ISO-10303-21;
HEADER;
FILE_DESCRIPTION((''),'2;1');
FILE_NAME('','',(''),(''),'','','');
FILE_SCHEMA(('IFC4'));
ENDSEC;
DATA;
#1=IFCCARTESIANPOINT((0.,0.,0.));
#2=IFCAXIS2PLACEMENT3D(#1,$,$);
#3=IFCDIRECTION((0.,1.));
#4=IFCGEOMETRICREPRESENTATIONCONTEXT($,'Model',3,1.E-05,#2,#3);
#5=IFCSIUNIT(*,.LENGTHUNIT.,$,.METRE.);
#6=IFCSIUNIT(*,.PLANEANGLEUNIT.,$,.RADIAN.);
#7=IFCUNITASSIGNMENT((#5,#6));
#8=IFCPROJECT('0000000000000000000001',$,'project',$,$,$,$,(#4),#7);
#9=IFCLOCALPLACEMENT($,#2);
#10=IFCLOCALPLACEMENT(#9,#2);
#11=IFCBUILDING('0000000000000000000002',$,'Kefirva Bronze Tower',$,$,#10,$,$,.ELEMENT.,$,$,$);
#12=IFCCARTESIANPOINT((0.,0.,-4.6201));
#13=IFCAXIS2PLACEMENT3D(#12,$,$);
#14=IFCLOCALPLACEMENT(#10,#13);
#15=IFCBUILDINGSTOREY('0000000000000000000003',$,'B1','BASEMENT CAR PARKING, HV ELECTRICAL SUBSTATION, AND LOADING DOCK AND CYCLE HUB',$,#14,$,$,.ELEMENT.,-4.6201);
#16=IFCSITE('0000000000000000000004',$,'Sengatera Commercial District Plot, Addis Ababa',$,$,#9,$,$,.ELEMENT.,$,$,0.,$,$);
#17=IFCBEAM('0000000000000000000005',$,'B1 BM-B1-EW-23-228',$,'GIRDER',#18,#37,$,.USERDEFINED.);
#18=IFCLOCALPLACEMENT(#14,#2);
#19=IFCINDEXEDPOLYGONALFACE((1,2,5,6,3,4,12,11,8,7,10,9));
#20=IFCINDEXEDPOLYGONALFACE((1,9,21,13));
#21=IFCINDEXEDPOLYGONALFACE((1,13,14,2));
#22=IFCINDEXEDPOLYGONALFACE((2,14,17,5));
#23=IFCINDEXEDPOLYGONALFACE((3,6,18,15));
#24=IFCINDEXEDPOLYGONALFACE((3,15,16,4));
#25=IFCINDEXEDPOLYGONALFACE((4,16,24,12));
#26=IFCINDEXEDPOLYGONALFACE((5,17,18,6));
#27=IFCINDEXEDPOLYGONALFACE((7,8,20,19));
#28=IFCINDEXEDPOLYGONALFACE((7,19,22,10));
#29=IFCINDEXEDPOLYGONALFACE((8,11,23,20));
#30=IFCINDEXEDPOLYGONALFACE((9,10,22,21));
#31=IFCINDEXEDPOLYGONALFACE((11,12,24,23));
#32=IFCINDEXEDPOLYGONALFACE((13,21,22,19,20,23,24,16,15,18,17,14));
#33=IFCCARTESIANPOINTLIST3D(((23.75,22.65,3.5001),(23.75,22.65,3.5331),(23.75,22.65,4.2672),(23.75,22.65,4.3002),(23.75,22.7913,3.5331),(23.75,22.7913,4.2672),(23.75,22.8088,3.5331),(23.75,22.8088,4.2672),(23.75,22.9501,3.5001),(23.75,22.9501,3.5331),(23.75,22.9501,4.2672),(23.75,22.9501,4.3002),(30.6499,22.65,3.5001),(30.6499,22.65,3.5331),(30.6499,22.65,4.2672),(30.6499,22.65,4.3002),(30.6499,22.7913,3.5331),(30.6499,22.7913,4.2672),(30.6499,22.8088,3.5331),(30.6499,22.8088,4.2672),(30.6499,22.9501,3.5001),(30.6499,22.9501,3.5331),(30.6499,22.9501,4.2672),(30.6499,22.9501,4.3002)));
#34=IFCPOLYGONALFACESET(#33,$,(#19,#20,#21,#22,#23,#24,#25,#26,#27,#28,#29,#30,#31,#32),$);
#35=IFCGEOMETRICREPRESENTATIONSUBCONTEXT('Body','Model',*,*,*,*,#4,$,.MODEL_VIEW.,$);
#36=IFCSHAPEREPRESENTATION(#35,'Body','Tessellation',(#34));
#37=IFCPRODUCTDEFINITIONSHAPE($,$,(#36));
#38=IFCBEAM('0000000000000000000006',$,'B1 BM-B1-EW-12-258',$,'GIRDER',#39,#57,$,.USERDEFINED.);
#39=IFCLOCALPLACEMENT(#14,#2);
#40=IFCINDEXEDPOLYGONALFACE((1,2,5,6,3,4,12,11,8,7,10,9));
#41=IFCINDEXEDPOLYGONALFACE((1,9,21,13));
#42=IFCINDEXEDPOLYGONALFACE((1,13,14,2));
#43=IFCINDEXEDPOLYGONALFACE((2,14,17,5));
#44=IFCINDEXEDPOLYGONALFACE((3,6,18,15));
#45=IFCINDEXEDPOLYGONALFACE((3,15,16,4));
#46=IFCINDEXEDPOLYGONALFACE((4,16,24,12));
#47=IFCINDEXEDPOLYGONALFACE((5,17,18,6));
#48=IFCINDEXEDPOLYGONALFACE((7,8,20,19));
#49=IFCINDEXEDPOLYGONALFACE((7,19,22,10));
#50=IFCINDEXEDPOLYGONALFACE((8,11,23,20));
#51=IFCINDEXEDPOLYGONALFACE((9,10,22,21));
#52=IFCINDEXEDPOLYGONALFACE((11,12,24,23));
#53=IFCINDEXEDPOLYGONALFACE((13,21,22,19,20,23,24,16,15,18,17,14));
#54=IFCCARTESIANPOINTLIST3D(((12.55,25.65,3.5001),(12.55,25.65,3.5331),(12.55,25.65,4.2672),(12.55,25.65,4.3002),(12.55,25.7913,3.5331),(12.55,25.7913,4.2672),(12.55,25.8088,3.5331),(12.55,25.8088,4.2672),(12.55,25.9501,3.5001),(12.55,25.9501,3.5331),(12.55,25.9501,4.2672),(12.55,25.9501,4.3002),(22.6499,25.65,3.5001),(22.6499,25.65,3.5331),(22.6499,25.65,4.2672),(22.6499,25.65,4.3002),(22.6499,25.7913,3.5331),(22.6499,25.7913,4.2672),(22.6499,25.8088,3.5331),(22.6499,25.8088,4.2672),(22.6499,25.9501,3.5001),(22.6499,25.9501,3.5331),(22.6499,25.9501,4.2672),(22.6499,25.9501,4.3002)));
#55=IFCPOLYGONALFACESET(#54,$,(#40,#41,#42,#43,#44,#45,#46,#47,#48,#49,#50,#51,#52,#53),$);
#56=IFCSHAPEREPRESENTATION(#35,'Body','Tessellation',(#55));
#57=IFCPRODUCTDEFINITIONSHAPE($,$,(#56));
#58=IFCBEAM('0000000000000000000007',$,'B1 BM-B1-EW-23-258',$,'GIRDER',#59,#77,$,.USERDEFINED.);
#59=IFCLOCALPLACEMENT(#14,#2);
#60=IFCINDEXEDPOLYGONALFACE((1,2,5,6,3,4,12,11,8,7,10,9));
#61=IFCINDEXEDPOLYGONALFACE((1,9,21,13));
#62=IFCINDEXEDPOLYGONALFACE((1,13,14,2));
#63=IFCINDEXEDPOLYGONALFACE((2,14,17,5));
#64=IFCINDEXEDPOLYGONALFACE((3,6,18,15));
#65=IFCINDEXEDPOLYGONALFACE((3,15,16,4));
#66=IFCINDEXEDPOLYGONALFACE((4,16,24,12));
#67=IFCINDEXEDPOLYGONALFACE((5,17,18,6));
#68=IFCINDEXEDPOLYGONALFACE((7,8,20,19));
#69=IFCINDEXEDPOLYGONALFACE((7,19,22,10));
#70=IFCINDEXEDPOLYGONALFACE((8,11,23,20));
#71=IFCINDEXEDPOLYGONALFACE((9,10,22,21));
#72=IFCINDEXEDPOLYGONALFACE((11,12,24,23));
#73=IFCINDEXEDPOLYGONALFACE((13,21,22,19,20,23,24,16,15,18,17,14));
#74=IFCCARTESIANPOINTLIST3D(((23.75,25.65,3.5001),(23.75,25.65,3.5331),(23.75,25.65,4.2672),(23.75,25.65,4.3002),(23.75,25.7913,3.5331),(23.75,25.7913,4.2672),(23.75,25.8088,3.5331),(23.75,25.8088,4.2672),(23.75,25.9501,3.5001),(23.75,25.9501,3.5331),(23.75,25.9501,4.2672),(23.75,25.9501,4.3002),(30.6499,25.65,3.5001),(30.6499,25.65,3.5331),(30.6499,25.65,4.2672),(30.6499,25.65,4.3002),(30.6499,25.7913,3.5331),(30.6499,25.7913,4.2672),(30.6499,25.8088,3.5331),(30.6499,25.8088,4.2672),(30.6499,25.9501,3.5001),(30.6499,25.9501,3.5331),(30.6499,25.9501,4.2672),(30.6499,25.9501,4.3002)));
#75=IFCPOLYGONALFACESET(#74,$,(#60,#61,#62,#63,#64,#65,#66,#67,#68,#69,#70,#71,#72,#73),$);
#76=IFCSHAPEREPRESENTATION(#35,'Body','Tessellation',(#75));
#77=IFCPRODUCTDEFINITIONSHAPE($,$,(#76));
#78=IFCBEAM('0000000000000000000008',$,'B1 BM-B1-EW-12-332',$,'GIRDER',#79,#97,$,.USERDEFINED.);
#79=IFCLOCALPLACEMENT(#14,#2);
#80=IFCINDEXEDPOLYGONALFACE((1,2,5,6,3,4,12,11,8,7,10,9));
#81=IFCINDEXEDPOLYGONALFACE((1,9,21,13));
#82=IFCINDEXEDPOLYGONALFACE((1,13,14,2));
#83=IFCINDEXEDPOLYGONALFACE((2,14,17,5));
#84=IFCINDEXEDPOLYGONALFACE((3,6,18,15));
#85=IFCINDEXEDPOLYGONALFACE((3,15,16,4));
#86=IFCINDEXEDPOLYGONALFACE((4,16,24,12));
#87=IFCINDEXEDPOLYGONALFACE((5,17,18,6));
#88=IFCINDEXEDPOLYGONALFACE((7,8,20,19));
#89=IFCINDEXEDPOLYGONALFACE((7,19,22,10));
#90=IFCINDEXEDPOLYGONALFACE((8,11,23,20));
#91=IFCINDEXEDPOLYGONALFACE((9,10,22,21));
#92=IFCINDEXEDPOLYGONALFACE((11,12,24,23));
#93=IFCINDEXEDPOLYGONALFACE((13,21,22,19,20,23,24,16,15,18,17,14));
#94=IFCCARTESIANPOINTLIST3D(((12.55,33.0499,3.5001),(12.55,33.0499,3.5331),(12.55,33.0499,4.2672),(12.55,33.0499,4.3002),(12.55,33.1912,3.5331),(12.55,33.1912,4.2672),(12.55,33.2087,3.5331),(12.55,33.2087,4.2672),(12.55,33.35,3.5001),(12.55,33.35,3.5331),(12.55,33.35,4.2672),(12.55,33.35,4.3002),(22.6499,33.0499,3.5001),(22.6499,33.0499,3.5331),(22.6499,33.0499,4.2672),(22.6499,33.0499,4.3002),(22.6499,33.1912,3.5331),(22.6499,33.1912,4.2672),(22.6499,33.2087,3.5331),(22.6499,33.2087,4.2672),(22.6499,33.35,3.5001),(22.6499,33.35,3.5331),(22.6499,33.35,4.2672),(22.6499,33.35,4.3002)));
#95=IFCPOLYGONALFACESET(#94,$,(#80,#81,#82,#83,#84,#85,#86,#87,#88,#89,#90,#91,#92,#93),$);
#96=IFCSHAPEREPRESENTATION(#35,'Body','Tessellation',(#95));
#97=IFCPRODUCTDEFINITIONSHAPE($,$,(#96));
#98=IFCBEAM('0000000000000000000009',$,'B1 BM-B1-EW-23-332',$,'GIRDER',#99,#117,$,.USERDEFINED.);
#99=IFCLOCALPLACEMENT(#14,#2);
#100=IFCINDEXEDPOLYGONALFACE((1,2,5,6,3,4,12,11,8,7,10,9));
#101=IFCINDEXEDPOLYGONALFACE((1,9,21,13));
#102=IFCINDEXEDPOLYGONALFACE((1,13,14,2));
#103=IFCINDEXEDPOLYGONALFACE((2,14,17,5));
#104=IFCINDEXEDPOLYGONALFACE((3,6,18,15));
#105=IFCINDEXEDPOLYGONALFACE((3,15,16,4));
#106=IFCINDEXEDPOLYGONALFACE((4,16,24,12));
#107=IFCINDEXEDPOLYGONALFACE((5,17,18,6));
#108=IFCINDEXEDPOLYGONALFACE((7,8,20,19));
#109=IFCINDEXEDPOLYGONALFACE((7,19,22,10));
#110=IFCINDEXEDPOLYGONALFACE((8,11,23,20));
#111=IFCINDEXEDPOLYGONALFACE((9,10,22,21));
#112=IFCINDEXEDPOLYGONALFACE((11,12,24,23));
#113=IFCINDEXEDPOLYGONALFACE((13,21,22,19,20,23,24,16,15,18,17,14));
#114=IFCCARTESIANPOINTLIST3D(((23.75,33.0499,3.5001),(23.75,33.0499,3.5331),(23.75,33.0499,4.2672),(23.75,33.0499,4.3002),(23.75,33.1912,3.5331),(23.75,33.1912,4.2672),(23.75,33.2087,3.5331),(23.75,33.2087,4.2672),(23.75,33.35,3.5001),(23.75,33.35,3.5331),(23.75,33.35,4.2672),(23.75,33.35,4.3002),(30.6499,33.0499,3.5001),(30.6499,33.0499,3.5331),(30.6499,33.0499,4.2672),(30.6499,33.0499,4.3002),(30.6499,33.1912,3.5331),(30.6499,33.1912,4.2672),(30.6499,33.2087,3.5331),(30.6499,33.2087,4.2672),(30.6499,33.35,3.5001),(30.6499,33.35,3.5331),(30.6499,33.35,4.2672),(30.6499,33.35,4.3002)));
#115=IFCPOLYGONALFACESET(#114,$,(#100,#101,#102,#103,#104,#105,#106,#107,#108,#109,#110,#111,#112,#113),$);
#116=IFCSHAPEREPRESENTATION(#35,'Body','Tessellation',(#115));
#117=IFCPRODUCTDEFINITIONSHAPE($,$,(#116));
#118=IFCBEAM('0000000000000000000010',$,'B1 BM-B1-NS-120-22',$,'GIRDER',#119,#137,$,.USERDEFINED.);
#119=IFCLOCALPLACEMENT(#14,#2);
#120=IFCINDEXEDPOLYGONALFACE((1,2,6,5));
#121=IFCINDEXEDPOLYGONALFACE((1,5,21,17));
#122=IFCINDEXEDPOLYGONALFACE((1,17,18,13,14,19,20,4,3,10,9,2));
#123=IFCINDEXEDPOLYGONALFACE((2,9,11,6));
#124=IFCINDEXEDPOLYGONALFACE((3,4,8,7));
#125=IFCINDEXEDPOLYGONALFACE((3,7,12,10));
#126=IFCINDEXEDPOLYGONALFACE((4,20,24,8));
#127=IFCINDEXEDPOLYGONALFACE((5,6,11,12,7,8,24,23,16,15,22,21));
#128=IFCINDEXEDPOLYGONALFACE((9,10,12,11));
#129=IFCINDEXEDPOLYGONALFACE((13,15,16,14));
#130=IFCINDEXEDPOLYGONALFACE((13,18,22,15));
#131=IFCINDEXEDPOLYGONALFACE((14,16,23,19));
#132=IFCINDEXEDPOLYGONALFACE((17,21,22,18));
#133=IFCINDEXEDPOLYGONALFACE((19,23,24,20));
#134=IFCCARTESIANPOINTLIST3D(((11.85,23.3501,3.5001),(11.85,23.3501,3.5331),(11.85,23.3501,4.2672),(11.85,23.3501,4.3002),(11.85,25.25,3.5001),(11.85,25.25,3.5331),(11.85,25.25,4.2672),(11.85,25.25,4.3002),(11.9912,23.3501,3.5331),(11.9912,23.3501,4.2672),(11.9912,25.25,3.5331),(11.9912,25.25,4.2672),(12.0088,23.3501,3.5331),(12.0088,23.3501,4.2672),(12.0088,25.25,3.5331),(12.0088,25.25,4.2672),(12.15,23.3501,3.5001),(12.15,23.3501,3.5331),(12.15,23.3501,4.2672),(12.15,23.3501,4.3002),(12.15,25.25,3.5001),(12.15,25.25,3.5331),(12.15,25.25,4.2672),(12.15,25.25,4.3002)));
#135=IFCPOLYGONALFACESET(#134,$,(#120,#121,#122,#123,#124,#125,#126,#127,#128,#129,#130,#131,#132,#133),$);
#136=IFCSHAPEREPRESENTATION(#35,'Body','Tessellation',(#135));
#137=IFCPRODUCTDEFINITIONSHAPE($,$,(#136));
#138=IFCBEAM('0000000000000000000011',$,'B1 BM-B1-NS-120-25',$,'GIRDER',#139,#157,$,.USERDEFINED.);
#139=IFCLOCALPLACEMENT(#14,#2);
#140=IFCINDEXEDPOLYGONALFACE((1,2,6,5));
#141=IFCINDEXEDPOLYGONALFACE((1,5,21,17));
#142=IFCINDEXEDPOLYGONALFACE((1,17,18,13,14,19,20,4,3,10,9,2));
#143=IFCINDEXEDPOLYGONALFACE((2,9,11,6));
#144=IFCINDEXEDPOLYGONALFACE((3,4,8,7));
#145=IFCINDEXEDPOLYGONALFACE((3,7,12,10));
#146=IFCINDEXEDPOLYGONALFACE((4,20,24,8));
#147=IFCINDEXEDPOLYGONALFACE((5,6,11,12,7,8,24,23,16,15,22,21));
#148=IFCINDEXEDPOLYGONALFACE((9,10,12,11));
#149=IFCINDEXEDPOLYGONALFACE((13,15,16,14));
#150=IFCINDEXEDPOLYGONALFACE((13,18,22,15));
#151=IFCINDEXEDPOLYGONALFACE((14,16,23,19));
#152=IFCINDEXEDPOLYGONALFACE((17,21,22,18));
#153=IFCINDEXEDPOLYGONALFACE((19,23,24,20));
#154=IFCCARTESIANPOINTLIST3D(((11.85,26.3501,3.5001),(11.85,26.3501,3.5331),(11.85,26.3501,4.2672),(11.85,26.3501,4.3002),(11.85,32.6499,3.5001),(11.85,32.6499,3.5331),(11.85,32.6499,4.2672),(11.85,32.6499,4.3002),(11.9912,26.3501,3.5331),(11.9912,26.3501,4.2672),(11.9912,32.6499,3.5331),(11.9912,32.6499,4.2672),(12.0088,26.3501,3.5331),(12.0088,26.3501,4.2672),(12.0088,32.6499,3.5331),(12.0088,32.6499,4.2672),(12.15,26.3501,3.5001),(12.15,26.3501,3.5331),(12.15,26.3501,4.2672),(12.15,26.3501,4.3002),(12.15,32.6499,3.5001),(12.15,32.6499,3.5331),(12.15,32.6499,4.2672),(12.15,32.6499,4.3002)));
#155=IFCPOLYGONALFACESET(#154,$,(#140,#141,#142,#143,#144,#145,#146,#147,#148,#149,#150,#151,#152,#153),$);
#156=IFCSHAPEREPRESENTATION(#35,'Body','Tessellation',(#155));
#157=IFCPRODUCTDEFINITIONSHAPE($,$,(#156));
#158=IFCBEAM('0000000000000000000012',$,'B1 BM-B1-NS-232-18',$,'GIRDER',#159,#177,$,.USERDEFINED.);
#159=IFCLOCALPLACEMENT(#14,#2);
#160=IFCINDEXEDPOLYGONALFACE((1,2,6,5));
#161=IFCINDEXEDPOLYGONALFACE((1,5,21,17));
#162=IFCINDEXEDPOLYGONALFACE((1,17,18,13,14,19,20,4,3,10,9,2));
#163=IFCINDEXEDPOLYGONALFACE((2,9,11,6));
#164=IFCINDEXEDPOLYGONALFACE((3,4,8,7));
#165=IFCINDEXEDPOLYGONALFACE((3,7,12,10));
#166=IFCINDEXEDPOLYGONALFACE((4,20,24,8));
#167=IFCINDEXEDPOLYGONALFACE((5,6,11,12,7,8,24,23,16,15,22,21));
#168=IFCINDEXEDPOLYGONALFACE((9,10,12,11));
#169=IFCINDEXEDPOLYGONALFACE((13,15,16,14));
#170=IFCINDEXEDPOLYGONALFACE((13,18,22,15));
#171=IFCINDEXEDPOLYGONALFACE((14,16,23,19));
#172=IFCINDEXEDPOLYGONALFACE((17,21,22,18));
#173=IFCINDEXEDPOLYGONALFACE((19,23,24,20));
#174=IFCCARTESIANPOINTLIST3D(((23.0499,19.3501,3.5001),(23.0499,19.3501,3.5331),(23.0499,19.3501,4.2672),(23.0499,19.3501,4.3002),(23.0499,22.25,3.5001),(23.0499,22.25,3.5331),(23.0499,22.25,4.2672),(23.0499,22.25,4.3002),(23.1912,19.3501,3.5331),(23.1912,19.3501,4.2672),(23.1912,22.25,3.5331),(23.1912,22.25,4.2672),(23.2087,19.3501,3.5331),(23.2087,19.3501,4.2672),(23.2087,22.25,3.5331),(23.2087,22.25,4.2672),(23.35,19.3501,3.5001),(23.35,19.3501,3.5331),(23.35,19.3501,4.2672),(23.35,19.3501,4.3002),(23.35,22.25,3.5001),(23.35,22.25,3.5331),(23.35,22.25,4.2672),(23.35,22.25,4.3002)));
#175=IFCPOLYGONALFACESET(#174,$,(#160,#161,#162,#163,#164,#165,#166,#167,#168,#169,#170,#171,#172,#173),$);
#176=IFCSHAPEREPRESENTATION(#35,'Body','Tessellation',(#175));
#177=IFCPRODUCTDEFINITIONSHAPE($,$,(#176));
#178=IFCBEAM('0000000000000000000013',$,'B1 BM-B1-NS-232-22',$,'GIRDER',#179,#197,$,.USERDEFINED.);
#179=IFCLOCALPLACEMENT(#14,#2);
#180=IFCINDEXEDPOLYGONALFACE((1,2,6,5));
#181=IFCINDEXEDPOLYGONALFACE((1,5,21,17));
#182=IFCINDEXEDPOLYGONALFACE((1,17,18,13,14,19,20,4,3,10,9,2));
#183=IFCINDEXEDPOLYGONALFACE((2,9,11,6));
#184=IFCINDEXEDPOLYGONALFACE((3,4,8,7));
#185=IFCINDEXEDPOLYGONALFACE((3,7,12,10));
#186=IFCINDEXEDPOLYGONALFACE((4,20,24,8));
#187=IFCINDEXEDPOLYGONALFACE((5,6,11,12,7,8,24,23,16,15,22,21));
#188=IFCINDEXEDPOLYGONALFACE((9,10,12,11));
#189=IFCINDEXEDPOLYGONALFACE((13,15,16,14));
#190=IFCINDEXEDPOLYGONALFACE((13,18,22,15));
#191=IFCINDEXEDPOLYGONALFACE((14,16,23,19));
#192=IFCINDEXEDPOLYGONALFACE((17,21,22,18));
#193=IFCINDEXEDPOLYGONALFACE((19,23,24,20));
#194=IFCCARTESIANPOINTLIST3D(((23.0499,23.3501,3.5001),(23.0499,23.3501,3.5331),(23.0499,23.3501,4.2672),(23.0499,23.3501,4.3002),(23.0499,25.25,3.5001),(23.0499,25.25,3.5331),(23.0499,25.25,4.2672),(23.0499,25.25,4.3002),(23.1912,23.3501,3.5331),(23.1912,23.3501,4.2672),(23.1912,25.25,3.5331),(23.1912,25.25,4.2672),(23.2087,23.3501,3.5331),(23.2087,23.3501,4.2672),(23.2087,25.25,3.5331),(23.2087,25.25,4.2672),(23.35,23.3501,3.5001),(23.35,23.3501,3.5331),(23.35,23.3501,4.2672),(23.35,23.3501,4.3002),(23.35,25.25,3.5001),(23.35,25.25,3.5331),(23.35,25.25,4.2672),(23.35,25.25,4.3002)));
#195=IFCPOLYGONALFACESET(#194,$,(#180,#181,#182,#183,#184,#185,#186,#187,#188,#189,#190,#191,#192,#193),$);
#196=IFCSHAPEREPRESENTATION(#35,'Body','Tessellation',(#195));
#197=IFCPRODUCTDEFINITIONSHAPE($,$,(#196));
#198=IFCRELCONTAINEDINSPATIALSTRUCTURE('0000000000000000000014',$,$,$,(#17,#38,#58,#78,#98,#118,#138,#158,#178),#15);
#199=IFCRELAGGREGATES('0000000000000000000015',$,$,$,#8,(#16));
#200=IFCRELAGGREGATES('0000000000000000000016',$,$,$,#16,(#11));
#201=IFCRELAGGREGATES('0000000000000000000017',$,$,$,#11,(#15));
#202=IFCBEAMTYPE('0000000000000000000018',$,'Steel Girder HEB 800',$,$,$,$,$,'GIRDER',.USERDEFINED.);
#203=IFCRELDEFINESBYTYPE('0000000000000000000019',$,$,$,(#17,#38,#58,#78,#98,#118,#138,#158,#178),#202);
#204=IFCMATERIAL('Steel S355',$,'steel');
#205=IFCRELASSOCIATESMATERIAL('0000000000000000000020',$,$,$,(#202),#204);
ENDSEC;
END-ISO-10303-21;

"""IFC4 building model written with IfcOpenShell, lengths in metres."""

from ifc_helpers import new_model, si_unit, direction, frame, origin, origin_2d, place, context, subcontext, project, spatial, i_section, extrude, material, material_profile, profile_set, type_object, element, save


model = new_model("IFC4")

# Units and contexts
model_context = context("Model", 3, precision=1e-05, world=origin(), true_north=direction((0.0, 1.0)))
body_context = subcontext(model_context, "Body", "Model", "MODEL_VIEW")
ifc_project = project(units=[si_unit("LENGTHUNIT", "METRE"), si_unit("PLANEANGLEUNIT", "RADIAN")], contexts=[model_context])

# Site, building, storey
site_placement = place(None, origin())
site = spatial("IfcSite", under=ifc_project, at=site_placement, Name="Sengatera Commercial District Plot, Addis Ababa", CompositionType="ELEMENT", RefElevation=0.0)
building_placement = place(site_placement, origin())
building = spatial("IfcBuilding", under=site, at=building_placement, Name="Kefirva Bronze Tower", CompositionType="ELEMENT")
storey_placement = place(building_placement, frame((0.0, 0.0, -4.6201)))
storey = spatial("IfcBuildingStorey", under=building, at=storey_placement, Name="B1", Description="BASEMENT CAR PARKING, HV ELECTRICAL SUBSTATION, AND LOADING DOCK AND CYCLE HUB", CompositionType="ELEMENT", Elevation=-4.6201)

# Beams
ifc_material_1 = material(Name="Steel S355", Category="steel")
ifc_material_profile_1 = material_profile(ifc_material_1, i_section(OverallWidth=0.3, OverallDepth=0.8, WebThickness=0.0176, FlangeThickness=0.033, at=origin_2d()), Name="HEB 800")
ifc_profile_set_1 = profile_set([ifc_material_profile_1], Name="Steel S355")
beam_type_1 = type_object("IfcBeamType", Name="Steel Girder HEB 800", ElementType="GIRDER", PredefinedType="USERDEFINED", material=ifc_profile_set_1)
beam_1_placement = place(storey_placement, frame((23.75, 22.8, 3.9001), z_axis=(1.0, 0.0, 0.0), x_axis=(0.0, 1.0, 0.0)))
element("IfcBeam", 1, at=beam_1_placement, inside=storey, type_object=beam_type_1, Name="B1 BM-B1-EW-23-228", ObjectType="GIRDER", PredefinedType="USERDEFINED", context=body_context, shape_type="SweptSolid", body=[
    extrude(i_section(OverallWidth=0.3, OverallDepth=0.8, WebThickness=0.0176, FlangeThickness=0.033, at=origin_2d()), origin(), (0.0, 0.0, 1.0), 6.8999),
])
beam_2_placement = place(storey_placement, frame((12.55, 25.8, 3.9001), z_axis=(1.0, 0.0, 0.0), x_axis=(0.0, 1.0, 0.0)))
element("IfcBeam", 2, at=beam_2_placement, inside=storey, type_object=beam_type_1, Name="B1 BM-B1-EW-12-258", ObjectType="GIRDER", PredefinedType="USERDEFINED", context=body_context, shape_type="SweptSolid", body=[
    extrude(i_section(OverallWidth=0.3, OverallDepth=0.8, WebThickness=0.0176, FlangeThickness=0.033, at=origin_2d()), origin(), (0.0, 0.0, 1.0), 10.0999),
])
beam_3_placement = place(storey_placement, frame((23.75, 25.8, 3.9001), z_axis=(1.0, 0.0, 0.0), x_axis=(0.0, 1.0, 0.0)))
element("IfcBeam", 3, at=beam_3_placement, inside=storey, type_object=beam_type_1, Name="B1 BM-B1-EW-23-258", ObjectType="GIRDER", PredefinedType="USERDEFINED", context=body_context, shape_type="SweptSolid", body=[
    extrude(i_section(OverallWidth=0.3, OverallDepth=0.8, WebThickness=0.0176, FlangeThickness=0.033, at=origin_2d()), origin(), (0.0, 0.0, 1.0), 6.8999),
])
beam_4_placement = place(storey_placement, frame((12.55, 33.2, 3.9001), z_axis=(1.0, 0.0, 0.0), x_axis=(0.0, 1.0, 0.0)))
element("IfcBeam", 4, at=beam_4_placement, inside=storey, type_object=beam_type_1, Name="B1 BM-B1-EW-12-332", ObjectType="GIRDER", PredefinedType="USERDEFINED", context=body_context, shape_type="SweptSolid", body=[
    extrude(i_section(OverallWidth=0.3, OverallDepth=0.8, WebThickness=0.0176, FlangeThickness=0.033, at=origin_2d()), origin(), (0.0, 0.0, 1.0), 10.0999),
])
beam_5_placement = place(storey_placement, frame((23.75, 33.2, 3.9001), z_axis=(1.0, 0.0, 0.0), x_axis=(0.0, 1.0, 0.0)))
element("IfcBeam", 5, at=beam_5_placement, inside=storey, type_object=beam_type_1, Name="B1 BM-B1-EW-23-332", ObjectType="GIRDER", PredefinedType="USERDEFINED", context=body_context, shape_type="SweptSolid", body=[
    extrude(i_section(OverallWidth=0.3, OverallDepth=0.8, WebThickness=0.0176, FlangeThickness=0.033, at=origin_2d()), origin(), (0.0, 0.0, 1.0), 6.8999),
])
beam_6_placement = place(storey_placement, frame((12.0, 23.3501, 3.9001), z_axis=(0.0, 1.0, 0.0), x_axis=(-1.0, 0.0, 0.0)))
element("IfcBeam", 6, at=beam_6_placement, inside=storey, type_object=beam_type_1, Name="B1 BM-B1-NS-120-22", ObjectType="GIRDER", PredefinedType="USERDEFINED", context=body_context, shape_type="SweptSolid", body=[
    extrude(i_section(OverallWidth=0.3, OverallDepth=0.8, WebThickness=0.0176, FlangeThickness=0.033, at=origin_2d()), origin(), (0.0, 0.0, 1.0), 1.8999),
])
beam_7_placement = place(storey_placement, frame((12.0, 26.3501, 3.9001), z_axis=(0.0, 1.0, 0.0), x_axis=(-1.0, 0.0, 0.0)))
element("IfcBeam", 7, at=beam_7_placement, inside=storey, type_object=beam_type_1, Name="B1 BM-B1-NS-120-25", ObjectType="GIRDER", PredefinedType="USERDEFINED", context=body_context, shape_type="SweptSolid", body=[
    extrude(i_section(OverallWidth=0.3, OverallDepth=0.8, WebThickness=0.0176, FlangeThickness=0.033, at=origin_2d()), origin(), (0.0, 0.0, 1.0), 6.2998),
])
beam_8_placement = place(storey_placement, frame((23.2, 19.3501, 3.9001), z_axis=(0.0, 1.0, 0.0), x_axis=(-1.0, 0.0, 0.0)))
element("IfcBeam", 8, at=beam_8_placement, inside=storey, type_object=beam_type_1, Name="B1 BM-B1-NS-232-18", ObjectType="GIRDER", PredefinedType="USERDEFINED", context=body_context, shape_type="SweptSolid", body=[
    extrude(i_section(OverallWidth=0.3, OverallDepth=0.8, WebThickness=0.0176, FlangeThickness=0.033, at=origin_2d()), origin(), (0.0, 0.0, 1.0), 2.8999),
])
beam_9_placement = place(storey_placement, frame((23.2, 23.3501, 3.9001), z_axis=(0.0, 1.0, 0.0), x_axis=(-1.0, 0.0, 0.0)))
element("IfcBeam", 9, at=beam_9_placement, inside=storey, type_object=beam_type_1, Name="B1 BM-B1-NS-232-22", ObjectType="GIRDER", PredefinedType="USERDEFINED", context=body_context, shape_type="SweptSolid", body=[
    extrude(i_section(OverallWidth=0.3, OverallDepth=0.8, WebThickness=0.0176, FlangeThickness=0.033, at=origin_2d()), origin(), (0.0, 0.0, 1.0), 1.8999),
])

save(model, "model.ifc")
